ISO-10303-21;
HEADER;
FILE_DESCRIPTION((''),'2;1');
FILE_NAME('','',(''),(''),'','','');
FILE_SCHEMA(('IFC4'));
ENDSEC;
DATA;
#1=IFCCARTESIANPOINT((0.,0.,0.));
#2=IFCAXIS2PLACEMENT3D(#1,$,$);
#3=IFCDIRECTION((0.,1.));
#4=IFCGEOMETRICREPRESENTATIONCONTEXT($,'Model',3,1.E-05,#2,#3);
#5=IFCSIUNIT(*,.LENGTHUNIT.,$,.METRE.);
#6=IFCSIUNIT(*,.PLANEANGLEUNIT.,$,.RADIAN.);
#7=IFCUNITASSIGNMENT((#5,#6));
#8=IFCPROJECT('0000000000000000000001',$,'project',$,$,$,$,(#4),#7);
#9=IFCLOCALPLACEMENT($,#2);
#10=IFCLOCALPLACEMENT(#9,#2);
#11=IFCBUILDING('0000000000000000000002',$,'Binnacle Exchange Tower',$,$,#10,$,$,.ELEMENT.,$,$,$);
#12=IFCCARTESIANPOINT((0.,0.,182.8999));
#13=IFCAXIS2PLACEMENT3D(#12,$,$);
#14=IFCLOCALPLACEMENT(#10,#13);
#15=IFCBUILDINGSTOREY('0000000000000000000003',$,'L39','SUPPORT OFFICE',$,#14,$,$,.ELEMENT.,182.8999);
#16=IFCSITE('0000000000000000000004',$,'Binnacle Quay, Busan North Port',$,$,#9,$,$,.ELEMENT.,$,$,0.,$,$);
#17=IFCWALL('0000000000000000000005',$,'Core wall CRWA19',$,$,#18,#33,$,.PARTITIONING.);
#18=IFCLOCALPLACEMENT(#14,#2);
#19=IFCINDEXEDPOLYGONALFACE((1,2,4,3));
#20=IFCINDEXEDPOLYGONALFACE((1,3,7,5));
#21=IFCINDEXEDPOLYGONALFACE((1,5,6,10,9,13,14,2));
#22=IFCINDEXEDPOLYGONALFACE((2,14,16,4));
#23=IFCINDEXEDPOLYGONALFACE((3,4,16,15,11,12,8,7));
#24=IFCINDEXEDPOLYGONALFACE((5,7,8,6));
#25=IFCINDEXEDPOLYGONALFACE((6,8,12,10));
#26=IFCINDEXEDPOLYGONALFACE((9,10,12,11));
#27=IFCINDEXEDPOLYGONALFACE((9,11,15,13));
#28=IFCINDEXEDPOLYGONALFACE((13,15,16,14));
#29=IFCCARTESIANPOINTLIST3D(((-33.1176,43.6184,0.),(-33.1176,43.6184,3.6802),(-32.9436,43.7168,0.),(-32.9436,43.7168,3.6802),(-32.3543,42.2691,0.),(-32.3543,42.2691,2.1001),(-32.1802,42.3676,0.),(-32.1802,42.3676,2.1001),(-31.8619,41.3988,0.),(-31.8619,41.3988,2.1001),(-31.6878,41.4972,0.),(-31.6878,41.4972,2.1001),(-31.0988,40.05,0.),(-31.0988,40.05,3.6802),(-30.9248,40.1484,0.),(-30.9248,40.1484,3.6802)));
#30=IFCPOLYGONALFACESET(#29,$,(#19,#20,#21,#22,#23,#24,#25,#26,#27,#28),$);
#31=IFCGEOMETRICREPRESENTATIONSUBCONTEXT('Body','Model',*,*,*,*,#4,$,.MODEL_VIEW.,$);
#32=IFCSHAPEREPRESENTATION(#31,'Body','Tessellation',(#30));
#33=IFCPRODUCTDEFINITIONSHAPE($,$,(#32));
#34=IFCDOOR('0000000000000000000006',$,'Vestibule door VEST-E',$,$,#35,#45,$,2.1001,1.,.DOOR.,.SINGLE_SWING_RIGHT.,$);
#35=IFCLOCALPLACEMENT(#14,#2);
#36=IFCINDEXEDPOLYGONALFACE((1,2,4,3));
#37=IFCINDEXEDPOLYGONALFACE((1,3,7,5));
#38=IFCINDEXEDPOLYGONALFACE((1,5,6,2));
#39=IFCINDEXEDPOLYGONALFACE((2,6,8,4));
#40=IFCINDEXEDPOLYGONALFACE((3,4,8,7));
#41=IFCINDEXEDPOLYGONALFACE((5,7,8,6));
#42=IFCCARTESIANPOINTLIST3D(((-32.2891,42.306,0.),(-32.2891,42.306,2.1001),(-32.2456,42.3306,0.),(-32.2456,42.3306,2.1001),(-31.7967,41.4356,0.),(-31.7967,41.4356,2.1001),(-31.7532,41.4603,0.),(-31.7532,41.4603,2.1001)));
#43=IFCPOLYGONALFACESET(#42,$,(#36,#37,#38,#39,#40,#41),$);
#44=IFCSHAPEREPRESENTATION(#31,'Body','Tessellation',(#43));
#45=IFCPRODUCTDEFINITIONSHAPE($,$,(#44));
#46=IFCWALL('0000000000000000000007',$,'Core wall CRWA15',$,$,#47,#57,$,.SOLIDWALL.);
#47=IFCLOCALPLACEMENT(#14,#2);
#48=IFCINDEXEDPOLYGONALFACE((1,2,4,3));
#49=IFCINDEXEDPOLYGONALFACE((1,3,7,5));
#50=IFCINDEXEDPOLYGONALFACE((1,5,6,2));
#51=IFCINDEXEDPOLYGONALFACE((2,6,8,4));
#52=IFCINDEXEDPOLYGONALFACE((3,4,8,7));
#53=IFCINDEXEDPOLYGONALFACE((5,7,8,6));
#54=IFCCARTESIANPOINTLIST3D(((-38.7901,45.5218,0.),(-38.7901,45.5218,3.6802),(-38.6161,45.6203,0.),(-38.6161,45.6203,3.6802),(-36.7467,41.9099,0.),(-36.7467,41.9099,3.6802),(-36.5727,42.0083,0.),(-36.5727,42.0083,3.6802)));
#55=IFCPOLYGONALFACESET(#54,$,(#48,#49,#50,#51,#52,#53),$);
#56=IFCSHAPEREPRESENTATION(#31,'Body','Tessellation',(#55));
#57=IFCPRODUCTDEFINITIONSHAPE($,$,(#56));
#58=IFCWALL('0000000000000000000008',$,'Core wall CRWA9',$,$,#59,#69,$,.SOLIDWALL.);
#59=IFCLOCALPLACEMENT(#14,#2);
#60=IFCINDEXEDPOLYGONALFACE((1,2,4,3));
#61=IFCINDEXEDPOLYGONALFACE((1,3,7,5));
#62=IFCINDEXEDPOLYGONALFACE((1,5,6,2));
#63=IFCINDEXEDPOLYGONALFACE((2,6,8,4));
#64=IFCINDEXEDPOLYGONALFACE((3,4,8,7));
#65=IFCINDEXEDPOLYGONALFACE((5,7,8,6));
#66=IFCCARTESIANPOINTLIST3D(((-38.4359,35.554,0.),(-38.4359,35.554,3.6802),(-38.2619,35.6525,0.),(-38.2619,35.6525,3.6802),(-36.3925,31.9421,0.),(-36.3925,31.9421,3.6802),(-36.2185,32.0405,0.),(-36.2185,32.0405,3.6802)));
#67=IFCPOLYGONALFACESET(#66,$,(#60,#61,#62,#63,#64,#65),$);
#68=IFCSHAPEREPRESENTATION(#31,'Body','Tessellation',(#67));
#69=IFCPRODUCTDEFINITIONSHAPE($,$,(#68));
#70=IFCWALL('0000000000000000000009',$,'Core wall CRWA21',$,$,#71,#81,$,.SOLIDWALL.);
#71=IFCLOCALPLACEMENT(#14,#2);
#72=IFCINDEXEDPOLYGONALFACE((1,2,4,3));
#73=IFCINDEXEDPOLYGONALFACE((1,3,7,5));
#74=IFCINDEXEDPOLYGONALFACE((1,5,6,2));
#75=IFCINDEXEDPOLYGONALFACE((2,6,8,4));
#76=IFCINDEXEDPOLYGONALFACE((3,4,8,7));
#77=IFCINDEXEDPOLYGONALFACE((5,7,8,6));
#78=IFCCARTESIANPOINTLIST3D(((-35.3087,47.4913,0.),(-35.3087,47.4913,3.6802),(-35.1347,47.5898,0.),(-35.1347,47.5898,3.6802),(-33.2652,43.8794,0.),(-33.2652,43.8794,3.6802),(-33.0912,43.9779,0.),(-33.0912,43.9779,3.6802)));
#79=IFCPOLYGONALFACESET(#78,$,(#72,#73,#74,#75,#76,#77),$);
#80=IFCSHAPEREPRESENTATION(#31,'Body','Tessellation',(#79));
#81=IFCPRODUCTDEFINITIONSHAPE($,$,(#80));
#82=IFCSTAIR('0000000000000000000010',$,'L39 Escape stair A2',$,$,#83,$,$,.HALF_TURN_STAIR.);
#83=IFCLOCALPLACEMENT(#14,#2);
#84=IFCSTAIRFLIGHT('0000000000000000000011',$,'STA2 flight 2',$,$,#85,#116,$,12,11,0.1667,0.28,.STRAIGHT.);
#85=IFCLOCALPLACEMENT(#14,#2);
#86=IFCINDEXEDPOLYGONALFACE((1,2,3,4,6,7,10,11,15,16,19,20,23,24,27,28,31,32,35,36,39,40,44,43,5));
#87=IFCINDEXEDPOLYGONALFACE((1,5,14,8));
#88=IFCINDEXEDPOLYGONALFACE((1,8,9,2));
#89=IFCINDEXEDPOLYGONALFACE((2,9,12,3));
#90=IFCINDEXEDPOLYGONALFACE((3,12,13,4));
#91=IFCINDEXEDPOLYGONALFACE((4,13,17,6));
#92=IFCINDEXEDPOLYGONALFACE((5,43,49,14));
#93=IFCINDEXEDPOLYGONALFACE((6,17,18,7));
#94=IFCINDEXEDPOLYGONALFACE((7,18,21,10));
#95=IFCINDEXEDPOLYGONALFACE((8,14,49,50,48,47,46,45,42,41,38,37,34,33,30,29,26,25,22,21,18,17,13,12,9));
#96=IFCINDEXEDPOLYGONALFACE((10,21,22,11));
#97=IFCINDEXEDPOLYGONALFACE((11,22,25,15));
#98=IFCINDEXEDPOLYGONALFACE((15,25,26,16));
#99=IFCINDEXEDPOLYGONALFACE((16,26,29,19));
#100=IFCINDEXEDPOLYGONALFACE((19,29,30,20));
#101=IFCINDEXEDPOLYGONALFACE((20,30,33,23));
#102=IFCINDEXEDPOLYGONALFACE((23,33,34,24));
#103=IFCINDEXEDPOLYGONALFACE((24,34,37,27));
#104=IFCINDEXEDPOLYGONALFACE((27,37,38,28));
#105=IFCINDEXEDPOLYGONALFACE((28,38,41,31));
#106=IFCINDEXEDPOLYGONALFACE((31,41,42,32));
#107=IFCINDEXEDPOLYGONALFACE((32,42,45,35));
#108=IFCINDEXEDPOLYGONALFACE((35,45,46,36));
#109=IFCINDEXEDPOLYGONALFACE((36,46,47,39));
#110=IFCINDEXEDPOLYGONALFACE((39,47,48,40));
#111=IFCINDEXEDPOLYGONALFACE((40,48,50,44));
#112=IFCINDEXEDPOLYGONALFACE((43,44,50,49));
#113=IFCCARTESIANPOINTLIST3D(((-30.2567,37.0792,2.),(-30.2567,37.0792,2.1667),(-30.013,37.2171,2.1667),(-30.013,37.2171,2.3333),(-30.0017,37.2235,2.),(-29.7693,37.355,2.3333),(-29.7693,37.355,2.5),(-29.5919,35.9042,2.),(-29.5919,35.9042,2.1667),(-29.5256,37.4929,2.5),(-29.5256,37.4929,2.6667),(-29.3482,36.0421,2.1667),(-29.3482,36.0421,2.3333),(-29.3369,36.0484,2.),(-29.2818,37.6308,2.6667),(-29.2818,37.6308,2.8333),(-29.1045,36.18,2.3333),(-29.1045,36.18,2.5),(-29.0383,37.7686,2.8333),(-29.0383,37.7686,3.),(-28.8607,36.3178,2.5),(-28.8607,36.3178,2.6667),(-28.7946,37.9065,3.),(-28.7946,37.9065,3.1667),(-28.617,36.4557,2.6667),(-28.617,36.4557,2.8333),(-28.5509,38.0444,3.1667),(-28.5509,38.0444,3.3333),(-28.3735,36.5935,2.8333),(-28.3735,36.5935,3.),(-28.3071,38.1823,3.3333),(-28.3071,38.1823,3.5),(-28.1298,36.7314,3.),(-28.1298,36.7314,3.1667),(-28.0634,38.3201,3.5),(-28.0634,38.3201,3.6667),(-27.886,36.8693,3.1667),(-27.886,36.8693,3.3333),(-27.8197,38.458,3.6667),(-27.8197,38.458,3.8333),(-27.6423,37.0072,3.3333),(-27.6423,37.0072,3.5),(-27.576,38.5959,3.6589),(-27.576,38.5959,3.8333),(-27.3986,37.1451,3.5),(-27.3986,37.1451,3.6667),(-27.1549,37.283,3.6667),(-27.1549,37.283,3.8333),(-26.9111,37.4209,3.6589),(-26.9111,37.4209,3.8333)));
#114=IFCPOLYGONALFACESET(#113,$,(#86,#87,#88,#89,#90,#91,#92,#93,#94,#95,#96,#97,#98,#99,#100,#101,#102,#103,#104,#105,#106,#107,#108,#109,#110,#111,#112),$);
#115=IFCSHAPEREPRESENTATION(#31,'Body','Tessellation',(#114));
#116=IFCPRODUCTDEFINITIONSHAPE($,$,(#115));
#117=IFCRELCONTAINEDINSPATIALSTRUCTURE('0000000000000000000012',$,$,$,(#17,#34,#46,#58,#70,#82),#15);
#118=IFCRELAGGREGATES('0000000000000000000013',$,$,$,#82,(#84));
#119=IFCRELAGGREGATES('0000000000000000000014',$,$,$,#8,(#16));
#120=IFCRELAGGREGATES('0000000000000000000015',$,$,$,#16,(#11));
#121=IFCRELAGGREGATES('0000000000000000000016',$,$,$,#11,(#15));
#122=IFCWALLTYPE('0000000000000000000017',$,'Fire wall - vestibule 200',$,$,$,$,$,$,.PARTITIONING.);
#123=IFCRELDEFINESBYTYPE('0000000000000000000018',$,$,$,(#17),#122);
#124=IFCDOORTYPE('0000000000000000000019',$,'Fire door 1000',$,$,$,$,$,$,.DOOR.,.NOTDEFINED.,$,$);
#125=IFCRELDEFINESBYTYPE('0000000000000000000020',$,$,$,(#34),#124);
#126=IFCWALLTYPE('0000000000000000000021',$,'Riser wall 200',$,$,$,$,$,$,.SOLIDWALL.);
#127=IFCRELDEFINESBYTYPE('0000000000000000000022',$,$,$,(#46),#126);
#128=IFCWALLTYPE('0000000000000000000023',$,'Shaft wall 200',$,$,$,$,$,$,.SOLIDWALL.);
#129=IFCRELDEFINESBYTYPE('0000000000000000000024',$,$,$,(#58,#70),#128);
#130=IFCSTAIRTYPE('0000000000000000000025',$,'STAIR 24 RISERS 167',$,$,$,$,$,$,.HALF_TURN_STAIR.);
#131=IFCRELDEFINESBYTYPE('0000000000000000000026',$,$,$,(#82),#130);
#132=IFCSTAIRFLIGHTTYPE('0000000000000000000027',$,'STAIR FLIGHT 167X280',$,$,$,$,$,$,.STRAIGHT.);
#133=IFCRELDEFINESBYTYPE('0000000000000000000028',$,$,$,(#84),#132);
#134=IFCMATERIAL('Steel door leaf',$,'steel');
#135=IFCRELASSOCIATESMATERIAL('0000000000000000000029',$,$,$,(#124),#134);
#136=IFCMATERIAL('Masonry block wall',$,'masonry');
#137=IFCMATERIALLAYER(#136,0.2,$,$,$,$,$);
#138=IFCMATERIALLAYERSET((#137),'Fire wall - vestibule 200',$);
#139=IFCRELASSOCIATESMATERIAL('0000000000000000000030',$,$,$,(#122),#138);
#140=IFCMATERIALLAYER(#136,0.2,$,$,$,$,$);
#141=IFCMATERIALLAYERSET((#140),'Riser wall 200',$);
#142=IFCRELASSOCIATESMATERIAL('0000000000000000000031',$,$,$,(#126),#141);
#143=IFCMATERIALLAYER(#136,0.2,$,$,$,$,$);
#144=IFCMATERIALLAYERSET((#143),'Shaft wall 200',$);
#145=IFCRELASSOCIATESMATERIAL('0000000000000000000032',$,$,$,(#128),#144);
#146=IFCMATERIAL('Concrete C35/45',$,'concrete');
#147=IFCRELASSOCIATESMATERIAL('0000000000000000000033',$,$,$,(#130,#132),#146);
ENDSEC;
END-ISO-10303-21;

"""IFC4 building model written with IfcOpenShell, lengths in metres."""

from ifc_helpers import new_model, si_unit, direction, frame, frame_2d, origin, place, context, subcontext, project, spatial, polyline, rectangle, outline, extrude, material, layer, layer_set, type_object, element, fill, aggregate, save


model = new_model("IFC4")

# Units and contexts
model_context = context("Model", 3, precision=1e-05, world=origin(), true_north=direction((0.0, 1.0)))
body_context = subcontext(model_context, "Body", "Model", "MODEL_VIEW")
ifc_project = project(units=[si_unit("LENGTHUNIT", "METRE"), si_unit("PLANEANGLEUNIT", "RADIAN")], contexts=[model_context])

# Site, building, storey
site_placement = place(None, origin())
site = spatial("IfcSite", under=ifc_project, at=site_placement, Name="Binnacle Quay, Busan North Port", CompositionType="ELEMENT", RefElevation=0.0)
building_placement = place(site_placement, origin())
building = spatial("IfcBuilding", under=site, at=building_placement, Name="Binnacle Exchange Tower", CompositionType="ELEMENT")
storey_placement = place(building_placement, frame((0.0, 0.0, 182.8999)))
storey = spatial("IfcBuildingStorey", under=building, at=storey_placement, Name="L39", Description="SUPPORT OFFICE", CompositionType="ELEMENT", Elevation=182.8999)

# Shared definitions
ifc_material_1 = material(Name="Steel door leaf", Category="steel")

# Shared definitions
door_type_1 = type_object("IfcDoorType", Name="Fire door 1000", OperationType="NOTDEFINED", PredefinedType="DOOR", material=ifc_material_1)

# Wall, opening, door
ifc_material_2 = material(Name="Masonry block wall", Category="masonry")
ifc_layer_1 = layer(ifc_material_2, 0.2)
ifc_layer_set_1 = layer_set([ifc_layer_1], Name="Fire wall - vestibule 200")
wall_type_1 = type_object("IfcWallType", Name="Fire wall - vestibule 200", PredefinedType="PARTITIONING", material=ifc_layer_set_1)
wall_1_placement = place(storey_placement, frame((-33.0305, 43.6675, 0.0), z_axis=(0.0, 0.0, 1.0), x_axis=(0.492408, -0.870364, 0.0)))
wall_1 = element("IfcWall", 1, at=wall_1_placement, inside=storey, type_object=wall_type_1, Name="Core wall CRWA19", PredefinedType="PARTITIONING", context=body_context, shape_type="SweptSolid", body=[
    extrude(rectangle(XDim=4.0999, YDim=0.2, at=frame_2d((2.0498, 0.0))), origin(), (0.0, 0.0, 1.0), 3.6802),
])
opening_1_placement = place(wall_1_placement, frame((1.55, 0.0, 0.0)))
opening_1 = element("IfcOpeningElement", 2, at=opening_1_placement, cuts=wall_1, PredefinedType="OPENING", context=body_context, shape_type="SweptSolid", body=[
    extrude(rectangle(XDim=1.0, YDim=2.1001, at=frame_2d((0.5, 1.05))), frame((0.0, 0.1099, 0.0), z_axis=(0.0, -1.0, 0.0), x_axis=(1.0, 0.0, 0.0)), (0.0, 0.0, 1.0), 0.22),
])
door_1_placement = place(opening_1_placement, origin())
door_1 = element("IfcDoor", 3, at=door_1_placement, inside=storey, type_object=door_type_1, Name="Vestibule door VEST-E", OperationType="SINGLE_SWING_RIGHT", OverallHeight=2.1001, OverallWidth=1.0, PredefinedType="DOOR", context=body_context, shape_type="SweptSolid", body=[
    extrude(rectangle(XDim=1.0, YDim=2.1001, at=frame_2d((0.5, 1.05))), frame((0.0, 0.0249, 0.0), z_axis=(0.0, -1.0, 0.0), x_axis=(1.0, 0.0, 0.0)), (0.0, 0.0, 1.0), 0.05),
])
fill(opening_1, door_1)

# Walls
ifc_layer_2 = layer(ifc_material_2, 0.2)
ifc_layer_set_2 = layer_set([ifc_layer_2], Name="Riser wall 200")
wall_type_2 = type_object("IfcWallType", Name="Riser wall 200", PredefinedType="SOLIDWALL", material=ifc_layer_set_2)
wall_2_placement = place(storey_placement, frame((-38.7031, 45.571, 0.0), z_axis=(0.0, 0.0, 1.0), x_axis=(0.492396, -0.870371, 0.0)))
element("IfcWall", 4, at=wall_2_placement, inside=storey, type_object=wall_type_2, Name="Core wall CRWA15", PredefinedType="SOLIDWALL", context=body_context, shape_type="SweptSolid", body=[
    extrude(rectangle(XDim=4.1499, YDim=0.2, at=frame_2d((2.075, 0.0))), origin(), (0.0, 0.0, 1.0), 3.6802),
])
ifc_layer_3 = layer(ifc_material_2, 0.2)
ifc_layer_set_3 = layer_set([ifc_layer_3], Name="Shaft wall 200")
wall_type_3 = type_object("IfcWallType", Name="Shaft wall 200", PredefinedType="SOLIDWALL", material=ifc_layer_set_3)
for number, where, z_axis, x_axis, name in (
    (5, (-38.3489, 35.6033, 0.0), (0.0, 0.0, 1.0), (0.492396, -0.870371, 0.0), "Core wall CRWA9"),
    (6, (-35.2217, 47.5405, 0.0), (0.0, 0.0, 1.0), (0.492422, -0.870357, 0.0), "Core wall CRWA21"),
):
    element("IfcWall", number, at=place(storey_placement, frame(where, z_axis=z_axis, x_axis=x_axis)), inside=storey, type_object=wall_type_3, Name=name, PredefinedType="SOLIDWALL", context=body_context, shape_type="SweptSolid", body=[
        extrude(rectangle(XDim=4.1499, YDim=0.2, at=frame_2d((2.075, 0.0))), origin(), (0.0, 0.0, 1.0), 3.6802),
    ])

# Stair, stair flight
ifc_material_3 = material(Name="Concrete C35/45", Category="concrete")
stair_type = type_object("IfcStairType", Name="STAIR 24 RISERS 167", PredefinedType="HALF_TURN_STAIR", material=ifc_material_3)
stair_placement = place(storey_placement, origin())
stair = element("IfcStair", 7, at=stair_placement, inside=storey, type_object=stair_type, Name="L39 Escape stair A2", PredefinedType="HALF_TURN_STAIR")
stair_flight_type = type_object("IfcStairFlightType", Name="STAIR FLIGHT 167X280", PredefinedType="STRAIGHT", material=ifc_material_3)
stair_flight_placement = place(storey_placement, frame((-29.9243, 36.4917, 2.0), z_axis=(0.0, 0.0, 1.0), x_axis=(0.870356, 0.492424, 0.0)))
stair_flight = element("IfcStairFlight", 8, at=stair_flight_placement, type_object=stair_flight_type, Name="STA2 flight 2", NumberOfRisers=12, NumberOfTreads=11, PredefinedType="STRAIGHT", RiserHeight=0.1667, TreadLength=0.28, context=body_context, shape_type="SweptSolid", body=[
    extrude(outline(polyline([(0.0, 0.0), (0.0, 0.1667), (0.28, 0.1667), (0.28, 0.3333), (0.5601, 0.3333), (0.5601, 0.5), (0.8401, 0.5), (0.8401, 0.6667), (1.1201, 0.6667), (1.1201, 0.8333), (1.3999, 0.8333), (1.3999, 1.0), (1.6799, 1.0), (1.6799, 1.1667), (1.96, 1.1667), (1.96, 1.3333), (2.24, 1.3333), (2.24, 1.5), (2.52, 1.5), (2.52, 1.6667), (2.8, 1.6667), (2.8, 1.8333), (3.0801, 1.8333), (3.0801, 2.0), (3.0801, 1.6589), (0.293, 0.0), (0.0, 0.0)])), frame((0.0, 0.675, 0.0), z_axis=(0.0, -1.0, 0.0), x_axis=(1.0, 0.0, 0.0)), (0.0, 0.0, 1.0), 1.3501),
])
aggregate(stair, [stair_flight])

save(model, "model.ifc")
